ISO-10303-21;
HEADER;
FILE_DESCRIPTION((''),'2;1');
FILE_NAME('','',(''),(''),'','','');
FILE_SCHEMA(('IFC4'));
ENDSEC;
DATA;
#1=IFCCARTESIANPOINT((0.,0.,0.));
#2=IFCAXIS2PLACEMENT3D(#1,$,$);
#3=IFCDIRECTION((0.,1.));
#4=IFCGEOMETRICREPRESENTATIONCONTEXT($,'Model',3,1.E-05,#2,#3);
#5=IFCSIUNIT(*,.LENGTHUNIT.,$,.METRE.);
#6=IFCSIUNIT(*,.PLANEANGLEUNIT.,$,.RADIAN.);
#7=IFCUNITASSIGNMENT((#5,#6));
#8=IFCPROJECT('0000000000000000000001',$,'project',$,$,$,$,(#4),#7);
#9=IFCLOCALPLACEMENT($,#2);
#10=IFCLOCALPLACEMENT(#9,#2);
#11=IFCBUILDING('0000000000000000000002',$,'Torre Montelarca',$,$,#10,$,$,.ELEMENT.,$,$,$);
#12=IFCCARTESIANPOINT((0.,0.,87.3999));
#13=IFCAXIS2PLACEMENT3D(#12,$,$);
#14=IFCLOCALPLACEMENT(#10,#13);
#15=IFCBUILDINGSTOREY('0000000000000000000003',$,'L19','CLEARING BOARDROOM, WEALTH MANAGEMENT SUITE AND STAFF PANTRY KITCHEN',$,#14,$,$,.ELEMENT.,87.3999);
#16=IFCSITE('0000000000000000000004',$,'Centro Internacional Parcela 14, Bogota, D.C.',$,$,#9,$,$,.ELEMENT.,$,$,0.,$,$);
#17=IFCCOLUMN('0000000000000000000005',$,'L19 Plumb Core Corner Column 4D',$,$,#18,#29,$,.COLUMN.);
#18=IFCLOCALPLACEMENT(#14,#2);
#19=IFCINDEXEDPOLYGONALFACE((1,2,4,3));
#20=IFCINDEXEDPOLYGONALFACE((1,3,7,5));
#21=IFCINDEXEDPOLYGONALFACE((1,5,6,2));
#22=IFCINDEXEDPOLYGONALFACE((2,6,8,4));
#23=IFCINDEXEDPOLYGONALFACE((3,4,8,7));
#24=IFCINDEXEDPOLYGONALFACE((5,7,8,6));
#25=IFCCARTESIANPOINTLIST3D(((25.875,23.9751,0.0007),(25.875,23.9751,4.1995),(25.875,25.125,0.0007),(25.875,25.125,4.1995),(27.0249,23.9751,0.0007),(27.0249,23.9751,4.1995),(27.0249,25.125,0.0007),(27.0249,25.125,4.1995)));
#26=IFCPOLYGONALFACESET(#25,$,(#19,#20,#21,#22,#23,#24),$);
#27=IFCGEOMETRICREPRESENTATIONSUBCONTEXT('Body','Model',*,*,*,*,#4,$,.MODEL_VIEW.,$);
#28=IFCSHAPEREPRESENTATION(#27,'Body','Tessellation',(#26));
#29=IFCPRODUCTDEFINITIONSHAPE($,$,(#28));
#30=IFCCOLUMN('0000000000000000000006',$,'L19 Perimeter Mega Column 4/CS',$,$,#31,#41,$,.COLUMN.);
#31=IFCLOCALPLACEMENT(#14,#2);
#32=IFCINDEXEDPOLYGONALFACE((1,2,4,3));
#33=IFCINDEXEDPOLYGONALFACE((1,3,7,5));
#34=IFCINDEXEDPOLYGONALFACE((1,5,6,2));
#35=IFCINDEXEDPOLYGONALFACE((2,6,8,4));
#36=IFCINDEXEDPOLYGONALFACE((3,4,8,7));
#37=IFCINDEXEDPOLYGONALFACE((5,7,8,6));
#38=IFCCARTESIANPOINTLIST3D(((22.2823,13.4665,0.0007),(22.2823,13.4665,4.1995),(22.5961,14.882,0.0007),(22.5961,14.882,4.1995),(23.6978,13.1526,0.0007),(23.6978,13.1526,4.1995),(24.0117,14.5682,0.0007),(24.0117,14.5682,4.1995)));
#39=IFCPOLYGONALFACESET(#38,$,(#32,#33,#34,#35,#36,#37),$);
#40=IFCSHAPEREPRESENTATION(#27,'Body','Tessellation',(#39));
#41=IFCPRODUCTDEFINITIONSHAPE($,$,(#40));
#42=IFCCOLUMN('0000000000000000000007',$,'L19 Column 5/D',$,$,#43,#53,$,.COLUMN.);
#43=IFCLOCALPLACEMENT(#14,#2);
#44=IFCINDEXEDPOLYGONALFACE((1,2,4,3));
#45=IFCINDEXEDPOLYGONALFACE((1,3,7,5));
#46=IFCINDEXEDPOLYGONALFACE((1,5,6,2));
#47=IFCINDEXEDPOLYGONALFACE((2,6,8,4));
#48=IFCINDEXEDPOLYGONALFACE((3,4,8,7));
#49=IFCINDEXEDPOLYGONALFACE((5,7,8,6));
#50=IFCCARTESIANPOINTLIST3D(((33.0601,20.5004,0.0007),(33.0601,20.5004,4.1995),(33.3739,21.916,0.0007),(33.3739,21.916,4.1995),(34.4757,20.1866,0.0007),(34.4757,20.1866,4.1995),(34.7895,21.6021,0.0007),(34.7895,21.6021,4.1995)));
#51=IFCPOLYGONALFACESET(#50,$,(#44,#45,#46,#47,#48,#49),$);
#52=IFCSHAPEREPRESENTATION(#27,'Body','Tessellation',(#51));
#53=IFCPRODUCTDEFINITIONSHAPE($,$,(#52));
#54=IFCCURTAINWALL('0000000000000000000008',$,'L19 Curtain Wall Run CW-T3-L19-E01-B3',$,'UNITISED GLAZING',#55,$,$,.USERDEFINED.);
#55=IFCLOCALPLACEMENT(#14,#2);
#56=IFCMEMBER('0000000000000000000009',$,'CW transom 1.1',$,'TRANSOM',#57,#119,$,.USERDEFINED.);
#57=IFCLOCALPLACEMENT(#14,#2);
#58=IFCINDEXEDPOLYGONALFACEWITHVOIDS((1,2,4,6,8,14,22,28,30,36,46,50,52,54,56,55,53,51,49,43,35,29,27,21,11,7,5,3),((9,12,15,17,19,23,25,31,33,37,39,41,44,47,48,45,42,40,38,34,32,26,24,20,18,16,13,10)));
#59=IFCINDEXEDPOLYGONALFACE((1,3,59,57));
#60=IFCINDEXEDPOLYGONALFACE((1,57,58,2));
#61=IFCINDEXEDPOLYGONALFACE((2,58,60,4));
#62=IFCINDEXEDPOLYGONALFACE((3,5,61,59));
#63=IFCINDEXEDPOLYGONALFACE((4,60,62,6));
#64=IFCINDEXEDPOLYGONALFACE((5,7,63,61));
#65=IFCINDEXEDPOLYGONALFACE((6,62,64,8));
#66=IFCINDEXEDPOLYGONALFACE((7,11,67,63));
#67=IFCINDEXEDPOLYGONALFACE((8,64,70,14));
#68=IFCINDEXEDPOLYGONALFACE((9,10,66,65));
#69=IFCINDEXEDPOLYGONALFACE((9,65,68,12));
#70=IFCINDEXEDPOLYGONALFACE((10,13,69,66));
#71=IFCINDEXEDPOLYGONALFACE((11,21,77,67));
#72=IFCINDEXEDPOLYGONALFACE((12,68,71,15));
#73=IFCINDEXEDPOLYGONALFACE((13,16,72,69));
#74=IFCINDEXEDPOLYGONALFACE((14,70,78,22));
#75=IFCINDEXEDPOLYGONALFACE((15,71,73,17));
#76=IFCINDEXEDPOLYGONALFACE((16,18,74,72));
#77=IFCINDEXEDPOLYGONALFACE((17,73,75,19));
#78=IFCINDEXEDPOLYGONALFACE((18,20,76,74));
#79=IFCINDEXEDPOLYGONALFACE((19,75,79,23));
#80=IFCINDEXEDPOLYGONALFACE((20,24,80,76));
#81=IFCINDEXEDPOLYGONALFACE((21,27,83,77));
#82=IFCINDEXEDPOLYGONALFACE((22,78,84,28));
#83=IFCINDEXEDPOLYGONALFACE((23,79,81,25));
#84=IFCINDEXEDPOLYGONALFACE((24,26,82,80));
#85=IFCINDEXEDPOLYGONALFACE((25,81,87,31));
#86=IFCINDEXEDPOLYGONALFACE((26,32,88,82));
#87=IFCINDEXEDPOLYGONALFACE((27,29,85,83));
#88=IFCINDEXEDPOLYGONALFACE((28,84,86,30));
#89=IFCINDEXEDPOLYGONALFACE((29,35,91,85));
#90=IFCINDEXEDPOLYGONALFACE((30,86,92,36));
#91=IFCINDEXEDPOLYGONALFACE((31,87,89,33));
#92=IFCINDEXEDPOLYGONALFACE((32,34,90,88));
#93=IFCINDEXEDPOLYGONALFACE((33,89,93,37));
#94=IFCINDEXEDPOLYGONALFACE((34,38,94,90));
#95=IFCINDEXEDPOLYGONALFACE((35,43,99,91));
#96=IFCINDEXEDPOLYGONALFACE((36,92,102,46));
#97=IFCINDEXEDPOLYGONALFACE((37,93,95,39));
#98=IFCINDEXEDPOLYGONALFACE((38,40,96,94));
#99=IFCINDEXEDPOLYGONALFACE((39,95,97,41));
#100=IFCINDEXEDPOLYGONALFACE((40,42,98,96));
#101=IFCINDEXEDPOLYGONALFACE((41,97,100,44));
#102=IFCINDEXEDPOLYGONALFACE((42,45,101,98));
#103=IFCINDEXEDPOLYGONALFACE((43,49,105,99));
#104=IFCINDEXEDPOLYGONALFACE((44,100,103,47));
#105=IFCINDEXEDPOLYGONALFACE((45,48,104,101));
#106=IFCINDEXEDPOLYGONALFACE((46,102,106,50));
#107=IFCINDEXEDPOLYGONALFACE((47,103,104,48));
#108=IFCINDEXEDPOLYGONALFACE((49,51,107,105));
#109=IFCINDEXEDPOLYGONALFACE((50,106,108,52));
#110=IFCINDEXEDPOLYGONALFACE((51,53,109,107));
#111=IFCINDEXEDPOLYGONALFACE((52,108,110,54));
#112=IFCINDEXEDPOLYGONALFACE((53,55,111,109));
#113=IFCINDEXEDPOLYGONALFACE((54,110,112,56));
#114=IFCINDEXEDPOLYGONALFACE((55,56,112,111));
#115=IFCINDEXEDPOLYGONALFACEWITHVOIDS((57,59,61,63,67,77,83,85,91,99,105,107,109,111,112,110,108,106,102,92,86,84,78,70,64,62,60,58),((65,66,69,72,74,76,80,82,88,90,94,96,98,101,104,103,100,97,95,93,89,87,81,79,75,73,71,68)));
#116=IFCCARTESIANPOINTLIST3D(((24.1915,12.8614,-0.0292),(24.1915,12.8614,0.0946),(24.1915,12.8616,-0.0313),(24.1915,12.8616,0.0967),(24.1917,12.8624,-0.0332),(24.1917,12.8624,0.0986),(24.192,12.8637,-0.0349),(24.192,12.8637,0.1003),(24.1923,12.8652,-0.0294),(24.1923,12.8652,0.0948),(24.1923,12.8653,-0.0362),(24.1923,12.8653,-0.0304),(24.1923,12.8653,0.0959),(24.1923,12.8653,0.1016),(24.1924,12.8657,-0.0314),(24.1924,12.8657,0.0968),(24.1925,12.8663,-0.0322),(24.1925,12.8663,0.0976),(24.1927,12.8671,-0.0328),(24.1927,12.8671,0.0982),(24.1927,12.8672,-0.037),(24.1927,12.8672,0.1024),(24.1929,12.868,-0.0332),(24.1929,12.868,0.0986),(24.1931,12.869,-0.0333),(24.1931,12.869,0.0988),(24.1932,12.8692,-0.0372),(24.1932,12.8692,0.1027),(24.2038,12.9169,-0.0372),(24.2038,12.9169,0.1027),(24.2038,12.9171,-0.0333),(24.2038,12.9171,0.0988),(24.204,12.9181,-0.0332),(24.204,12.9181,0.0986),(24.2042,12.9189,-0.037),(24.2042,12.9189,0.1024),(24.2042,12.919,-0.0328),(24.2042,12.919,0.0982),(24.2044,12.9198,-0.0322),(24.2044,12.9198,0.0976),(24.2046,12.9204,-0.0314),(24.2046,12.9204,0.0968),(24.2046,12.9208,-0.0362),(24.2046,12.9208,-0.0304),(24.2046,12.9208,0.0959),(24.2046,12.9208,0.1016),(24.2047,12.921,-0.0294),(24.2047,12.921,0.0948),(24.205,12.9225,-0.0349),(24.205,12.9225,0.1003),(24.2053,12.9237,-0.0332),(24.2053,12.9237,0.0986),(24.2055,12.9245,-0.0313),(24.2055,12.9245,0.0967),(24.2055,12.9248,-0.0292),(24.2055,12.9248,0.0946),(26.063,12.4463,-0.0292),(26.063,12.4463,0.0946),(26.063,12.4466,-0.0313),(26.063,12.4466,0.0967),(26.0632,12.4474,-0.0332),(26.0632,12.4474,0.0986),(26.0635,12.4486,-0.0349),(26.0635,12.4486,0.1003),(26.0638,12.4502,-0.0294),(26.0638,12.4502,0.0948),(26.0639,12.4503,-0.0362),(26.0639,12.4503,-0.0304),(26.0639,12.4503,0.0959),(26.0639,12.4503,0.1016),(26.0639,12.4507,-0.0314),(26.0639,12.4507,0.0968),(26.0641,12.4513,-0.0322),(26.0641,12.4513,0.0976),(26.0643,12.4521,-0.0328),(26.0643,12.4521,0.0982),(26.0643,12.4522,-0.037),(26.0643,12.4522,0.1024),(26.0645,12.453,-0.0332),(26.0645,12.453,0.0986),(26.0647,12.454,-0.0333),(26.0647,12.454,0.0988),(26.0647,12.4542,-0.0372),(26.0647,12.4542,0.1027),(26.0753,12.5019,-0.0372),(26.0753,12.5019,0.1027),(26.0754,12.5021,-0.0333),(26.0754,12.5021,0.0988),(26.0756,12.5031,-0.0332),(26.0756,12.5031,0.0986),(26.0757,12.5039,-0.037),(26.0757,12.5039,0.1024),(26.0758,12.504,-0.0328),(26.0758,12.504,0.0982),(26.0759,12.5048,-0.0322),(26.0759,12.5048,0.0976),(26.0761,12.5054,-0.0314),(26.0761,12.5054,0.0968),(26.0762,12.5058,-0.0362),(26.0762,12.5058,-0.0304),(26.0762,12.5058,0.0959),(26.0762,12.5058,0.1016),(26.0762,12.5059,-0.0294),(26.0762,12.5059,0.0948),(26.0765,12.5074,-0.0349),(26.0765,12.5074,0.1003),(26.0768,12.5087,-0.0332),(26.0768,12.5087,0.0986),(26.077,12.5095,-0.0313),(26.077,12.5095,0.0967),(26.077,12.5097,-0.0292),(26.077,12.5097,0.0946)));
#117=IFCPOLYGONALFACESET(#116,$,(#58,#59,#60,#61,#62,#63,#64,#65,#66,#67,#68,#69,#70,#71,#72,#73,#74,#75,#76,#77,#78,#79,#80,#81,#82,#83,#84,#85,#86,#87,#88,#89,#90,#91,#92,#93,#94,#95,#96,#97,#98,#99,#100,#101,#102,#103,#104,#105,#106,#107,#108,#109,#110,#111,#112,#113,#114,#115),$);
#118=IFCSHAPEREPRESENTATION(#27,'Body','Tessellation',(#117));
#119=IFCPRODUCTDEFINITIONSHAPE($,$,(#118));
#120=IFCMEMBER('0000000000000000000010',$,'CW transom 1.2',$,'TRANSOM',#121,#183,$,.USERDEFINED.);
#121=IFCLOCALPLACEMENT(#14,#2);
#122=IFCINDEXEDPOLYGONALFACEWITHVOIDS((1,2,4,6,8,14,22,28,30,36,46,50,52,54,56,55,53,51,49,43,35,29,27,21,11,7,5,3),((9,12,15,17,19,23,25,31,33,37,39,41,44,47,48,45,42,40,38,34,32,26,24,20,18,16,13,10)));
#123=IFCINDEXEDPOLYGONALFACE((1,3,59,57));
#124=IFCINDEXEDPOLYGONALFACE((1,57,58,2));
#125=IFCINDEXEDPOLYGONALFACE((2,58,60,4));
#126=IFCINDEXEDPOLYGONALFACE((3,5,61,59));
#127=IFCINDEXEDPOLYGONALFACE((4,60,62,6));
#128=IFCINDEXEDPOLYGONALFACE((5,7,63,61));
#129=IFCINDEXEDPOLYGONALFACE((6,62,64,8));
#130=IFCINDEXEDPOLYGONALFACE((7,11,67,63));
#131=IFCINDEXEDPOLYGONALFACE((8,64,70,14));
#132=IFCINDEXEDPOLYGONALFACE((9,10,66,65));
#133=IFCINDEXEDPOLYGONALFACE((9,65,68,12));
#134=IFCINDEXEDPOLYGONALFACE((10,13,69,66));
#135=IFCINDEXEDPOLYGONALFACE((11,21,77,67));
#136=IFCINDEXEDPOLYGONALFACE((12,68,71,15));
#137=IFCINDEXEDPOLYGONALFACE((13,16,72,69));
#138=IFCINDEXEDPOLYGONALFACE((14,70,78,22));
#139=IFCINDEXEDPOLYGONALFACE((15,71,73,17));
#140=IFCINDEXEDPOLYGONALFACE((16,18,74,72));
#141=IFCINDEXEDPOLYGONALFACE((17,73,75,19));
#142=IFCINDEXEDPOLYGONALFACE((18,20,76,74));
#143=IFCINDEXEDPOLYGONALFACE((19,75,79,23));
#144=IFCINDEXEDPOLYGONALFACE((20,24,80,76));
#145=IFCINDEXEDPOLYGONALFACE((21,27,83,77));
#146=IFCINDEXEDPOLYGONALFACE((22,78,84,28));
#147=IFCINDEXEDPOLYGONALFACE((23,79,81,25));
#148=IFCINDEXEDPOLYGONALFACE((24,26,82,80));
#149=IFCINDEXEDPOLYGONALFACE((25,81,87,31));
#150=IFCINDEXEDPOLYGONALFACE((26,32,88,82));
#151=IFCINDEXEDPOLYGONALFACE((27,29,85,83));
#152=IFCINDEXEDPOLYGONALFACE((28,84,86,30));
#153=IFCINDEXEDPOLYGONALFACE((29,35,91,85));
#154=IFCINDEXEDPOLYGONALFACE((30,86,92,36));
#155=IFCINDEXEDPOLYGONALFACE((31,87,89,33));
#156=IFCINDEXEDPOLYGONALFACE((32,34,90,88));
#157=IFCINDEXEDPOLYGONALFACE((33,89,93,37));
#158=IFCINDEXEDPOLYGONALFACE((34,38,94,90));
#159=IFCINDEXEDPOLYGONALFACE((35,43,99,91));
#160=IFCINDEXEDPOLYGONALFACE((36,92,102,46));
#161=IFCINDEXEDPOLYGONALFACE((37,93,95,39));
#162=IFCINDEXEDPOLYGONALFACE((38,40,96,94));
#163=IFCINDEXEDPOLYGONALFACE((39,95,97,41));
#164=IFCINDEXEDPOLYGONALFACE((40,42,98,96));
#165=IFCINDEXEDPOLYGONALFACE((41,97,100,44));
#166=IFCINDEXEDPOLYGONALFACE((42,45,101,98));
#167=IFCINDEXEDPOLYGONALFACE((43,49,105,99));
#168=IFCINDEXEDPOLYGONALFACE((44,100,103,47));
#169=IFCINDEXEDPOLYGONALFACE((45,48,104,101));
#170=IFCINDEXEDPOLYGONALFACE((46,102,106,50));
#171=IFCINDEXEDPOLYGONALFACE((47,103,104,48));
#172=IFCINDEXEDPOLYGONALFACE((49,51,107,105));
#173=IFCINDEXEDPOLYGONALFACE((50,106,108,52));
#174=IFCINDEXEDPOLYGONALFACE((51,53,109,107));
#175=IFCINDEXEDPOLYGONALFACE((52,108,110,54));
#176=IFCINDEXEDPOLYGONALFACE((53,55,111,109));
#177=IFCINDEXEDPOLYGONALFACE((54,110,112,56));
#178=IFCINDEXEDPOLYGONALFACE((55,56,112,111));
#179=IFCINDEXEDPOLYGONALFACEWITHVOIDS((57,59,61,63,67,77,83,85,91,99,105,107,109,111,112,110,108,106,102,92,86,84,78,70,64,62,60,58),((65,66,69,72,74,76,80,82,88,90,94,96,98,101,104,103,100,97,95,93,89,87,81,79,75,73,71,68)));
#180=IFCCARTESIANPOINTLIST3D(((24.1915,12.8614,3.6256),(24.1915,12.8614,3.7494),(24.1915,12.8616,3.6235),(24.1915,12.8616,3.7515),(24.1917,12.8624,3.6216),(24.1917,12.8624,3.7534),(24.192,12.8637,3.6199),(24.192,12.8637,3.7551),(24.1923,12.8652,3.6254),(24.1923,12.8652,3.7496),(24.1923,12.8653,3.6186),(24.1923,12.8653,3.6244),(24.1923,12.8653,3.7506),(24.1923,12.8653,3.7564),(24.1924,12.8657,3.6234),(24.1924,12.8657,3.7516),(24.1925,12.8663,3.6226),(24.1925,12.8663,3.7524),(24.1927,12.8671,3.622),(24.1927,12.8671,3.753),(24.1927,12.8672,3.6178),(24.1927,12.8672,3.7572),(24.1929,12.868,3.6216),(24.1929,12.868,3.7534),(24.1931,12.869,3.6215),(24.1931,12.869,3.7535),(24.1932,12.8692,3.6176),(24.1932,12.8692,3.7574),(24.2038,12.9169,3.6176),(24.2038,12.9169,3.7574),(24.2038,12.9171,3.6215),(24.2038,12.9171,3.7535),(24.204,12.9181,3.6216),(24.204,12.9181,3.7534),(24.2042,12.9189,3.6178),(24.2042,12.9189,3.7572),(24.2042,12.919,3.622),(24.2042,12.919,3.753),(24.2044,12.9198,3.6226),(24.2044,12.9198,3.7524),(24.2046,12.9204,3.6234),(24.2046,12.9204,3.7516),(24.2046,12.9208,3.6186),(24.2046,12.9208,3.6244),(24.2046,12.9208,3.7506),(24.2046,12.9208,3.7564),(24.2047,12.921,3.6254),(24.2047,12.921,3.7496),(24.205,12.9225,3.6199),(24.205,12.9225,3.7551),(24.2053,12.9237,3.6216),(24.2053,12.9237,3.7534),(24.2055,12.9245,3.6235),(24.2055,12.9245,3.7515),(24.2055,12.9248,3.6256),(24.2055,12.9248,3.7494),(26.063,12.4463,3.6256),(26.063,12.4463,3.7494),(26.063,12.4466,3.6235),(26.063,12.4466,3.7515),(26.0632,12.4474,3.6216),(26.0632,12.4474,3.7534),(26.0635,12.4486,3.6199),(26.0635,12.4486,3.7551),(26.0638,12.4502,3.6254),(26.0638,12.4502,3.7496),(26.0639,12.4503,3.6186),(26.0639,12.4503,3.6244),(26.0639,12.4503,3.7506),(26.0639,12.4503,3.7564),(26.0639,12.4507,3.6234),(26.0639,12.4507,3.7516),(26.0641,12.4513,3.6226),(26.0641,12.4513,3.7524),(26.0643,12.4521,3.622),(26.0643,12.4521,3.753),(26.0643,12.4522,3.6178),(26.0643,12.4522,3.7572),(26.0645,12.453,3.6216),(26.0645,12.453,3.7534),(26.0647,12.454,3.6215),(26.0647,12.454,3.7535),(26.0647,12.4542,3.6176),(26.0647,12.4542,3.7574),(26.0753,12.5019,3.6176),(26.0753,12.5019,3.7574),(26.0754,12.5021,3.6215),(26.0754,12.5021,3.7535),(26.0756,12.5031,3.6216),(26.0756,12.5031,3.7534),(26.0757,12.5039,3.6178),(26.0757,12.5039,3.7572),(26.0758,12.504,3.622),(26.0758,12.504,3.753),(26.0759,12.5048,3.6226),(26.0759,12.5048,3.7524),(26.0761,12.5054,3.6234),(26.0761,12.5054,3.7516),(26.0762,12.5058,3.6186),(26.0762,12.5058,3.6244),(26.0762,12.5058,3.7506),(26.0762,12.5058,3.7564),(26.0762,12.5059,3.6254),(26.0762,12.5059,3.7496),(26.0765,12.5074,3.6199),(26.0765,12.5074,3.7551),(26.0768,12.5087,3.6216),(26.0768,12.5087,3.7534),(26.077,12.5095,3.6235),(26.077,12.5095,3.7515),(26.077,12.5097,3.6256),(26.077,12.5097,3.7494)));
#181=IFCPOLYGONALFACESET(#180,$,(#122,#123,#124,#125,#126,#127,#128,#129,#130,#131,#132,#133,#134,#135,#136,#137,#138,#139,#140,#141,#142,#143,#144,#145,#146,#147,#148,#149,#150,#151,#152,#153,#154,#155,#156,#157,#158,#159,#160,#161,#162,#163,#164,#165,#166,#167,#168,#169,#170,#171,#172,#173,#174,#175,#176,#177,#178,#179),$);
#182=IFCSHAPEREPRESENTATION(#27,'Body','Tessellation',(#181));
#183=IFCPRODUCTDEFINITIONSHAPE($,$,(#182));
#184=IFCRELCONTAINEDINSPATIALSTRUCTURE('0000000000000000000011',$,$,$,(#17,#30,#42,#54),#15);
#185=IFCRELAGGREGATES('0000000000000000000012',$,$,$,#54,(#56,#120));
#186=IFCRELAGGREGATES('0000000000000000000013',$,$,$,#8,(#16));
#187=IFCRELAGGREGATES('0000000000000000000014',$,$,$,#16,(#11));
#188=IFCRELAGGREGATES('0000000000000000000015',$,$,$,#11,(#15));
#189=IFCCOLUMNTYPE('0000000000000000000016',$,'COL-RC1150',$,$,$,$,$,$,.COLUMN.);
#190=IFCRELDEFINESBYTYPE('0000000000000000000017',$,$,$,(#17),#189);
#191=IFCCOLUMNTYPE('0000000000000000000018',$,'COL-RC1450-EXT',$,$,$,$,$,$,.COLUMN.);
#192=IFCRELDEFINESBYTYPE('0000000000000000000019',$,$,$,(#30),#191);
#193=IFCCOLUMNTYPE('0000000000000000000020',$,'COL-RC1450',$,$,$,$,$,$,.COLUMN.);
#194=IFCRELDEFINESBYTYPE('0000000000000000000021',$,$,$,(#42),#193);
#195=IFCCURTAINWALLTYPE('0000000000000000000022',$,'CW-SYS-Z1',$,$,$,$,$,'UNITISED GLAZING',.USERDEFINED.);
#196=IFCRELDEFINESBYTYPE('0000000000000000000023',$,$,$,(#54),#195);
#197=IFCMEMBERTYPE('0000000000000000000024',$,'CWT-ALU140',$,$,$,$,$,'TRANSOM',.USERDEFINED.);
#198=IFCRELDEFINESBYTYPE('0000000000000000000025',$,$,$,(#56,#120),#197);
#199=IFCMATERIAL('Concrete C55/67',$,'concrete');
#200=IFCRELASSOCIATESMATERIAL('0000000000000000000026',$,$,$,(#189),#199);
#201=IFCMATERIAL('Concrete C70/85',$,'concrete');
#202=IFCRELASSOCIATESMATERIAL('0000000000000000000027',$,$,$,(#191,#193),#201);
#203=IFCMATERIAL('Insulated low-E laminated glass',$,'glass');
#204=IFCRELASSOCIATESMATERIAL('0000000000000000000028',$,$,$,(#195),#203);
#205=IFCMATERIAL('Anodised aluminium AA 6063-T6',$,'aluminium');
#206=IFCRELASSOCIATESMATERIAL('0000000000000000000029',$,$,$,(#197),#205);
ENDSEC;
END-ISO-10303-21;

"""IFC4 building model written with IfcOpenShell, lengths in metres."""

from ifc_helpers import new_model, si_unit, direction, frame, origin, origin_2d, place, context, subcontext, project, spatial, rectangle, hollow_rectangle, extrude, source, transform, mapped, material, material_profile, profile_set, type_object, element, aggregate, save


model = new_model("IFC4")

# Units and contexts
model_context = context("Model", 3, precision=1e-05, world=origin(), true_north=direction((0.0, 1.0)))
body_context = subcontext(model_context, "Body", "Model", "MODEL_VIEW")
ifc_project = project(units=[si_unit("LENGTHUNIT", "METRE"), si_unit("PLANEANGLEUNIT", "RADIAN")], contexts=[model_context])

# Site, building, storey
site_placement = place(None, origin())
site = spatial("IfcSite", under=ifc_project, at=site_placement, Name="Centro Internacional Parcela 14, Bogota, D.C.", CompositionType="ELEMENT", RefElevation=0.0)
building_placement = place(site_placement, origin())
building = spatial("IfcBuilding", under=site, at=building_placement, Name="Torre Montelarca", CompositionType="ELEMENT")
storey_placement = place(building_placement, frame((0.0, 0.0, 87.3999)))
storey = spatial("IfcBuildingStorey", under=building, at=storey_placement, Name="L19", Description="CLEARING BOARDROOM, WEALTH MANAGEMENT SUITE AND STAFF PANTRY KITCHEN", CompositionType="ELEMENT", Elevation=87.3999)

# Columns
ifc_material_1 = material(Name="Concrete C55/67", Category="concrete")
ifc_material_profile_1 = material_profile(ifc_material_1, rectangle(XDim=1.1499, YDim=1.1499, at=origin_2d()), Name="RC1150X1150", Category="concrete")
ifc_profile_set_1 = profile_set([ifc_material_profile_1], Name="Concrete C55/67")
column_type_1 = type_object("IfcColumnType", Name="COL-RC1150", PredefinedType="COLUMN", material=ifc_profile_set_1)
shared_shape_1 = source(origin(), body_context, "Body", "SweptSolid", [
    extrude(rectangle(XDim=1.1499, YDim=1.1499, at=origin_2d()), origin(), (0.0, 0.0, 1.0), 4.1987),
])
column_1_placement = place(storey_placement, frame((26.45, 24.55, 0.0007), z_axis=(0.0, 0.0, 1.0), x_axis=(1.0, 0.0, 0.0)))
element("IfcColumn", 1, at=column_1_placement, inside=storey, type_object=column_type_1, Name="L19 Plumb Core Corner Column 4D", PredefinedType="COLUMN", context=body_context, shape_type="MappedRepresentation", body=[
    mapped(shared_shape_1, transform((0.0, 0.0, 0.0), scale=1.0)),
])
ifc_material_2 = material(Name="Concrete C70/85", Category="concrete")
ifc_material_profile_2 = material_profile(ifc_material_2, rectangle(XDim=1.45, YDim=1.45, at=origin_2d()), Name="RC1450X1450", Category="concrete")
ifc_profile_set_2 = profile_set([ifc_material_profile_2], Name="Concrete C70/85")
column_type_2 = type_object("IfcColumnType", Name="COL-RC1450-EXT", PredefinedType="COLUMN", material=ifc_profile_set_2)
shared_shape_2 = source(origin(), body_context, "Body", "SweptSolid", [
    extrude(rectangle(XDim=1.45, YDim=1.45, at=origin_2d()), origin(), (0.0, 0.0, 1.0), 4.1987),
])
column_2_placement = place(storey_placement, frame((23.147, 14.0173, 0.0007), z_axis=(0.0, 0.0, 1.0), x_axis=(-0.976296, 0.21644, 0.0)))
element("IfcColumn", 2, at=column_2_placement, inside=storey, type_object=column_type_2, Name="L19 Perimeter Mega Column 4/CS", PredefinedType="COLUMN", context=body_context, shape_type="MappedRepresentation", body=[
    mapped(shared_shape_2, transform((0.0, 0.0, 0.0), scale=1.0)),
])
ifc_material_profile_3 = material_profile(ifc_material_2, rectangle(XDim=1.45, YDim=1.45, at=origin_2d()), Name="RC1450X1450", Category="concrete")
ifc_profile_set_3 = profile_set([ifc_material_profile_3], Name="Concrete C70/85")
column_type_3 = type_object("IfcColumnType", Name="COL-RC1450", PredefinedType="COLUMN", material=ifc_profile_set_3)
shared_shape_3 = source(origin(), body_context, "Body", "SweptSolid", [
    extrude(rectangle(XDim=1.45, YDim=1.45, at=origin_2d()), origin(), (0.0, 0.0, 1.0), 4.1987),
])
column_3_placement = place(storey_placement, frame((33.9248, 21.0513, 0.0007), z_axis=(0.0, 0.0, 1.0), x_axis=(-0.976296, 0.21644, 0.0)))
element("IfcColumn", 3, at=column_3_placement, inside=storey, type_object=column_type_3, Name="L19 Column 5/D", PredefinedType="COLUMN", context=body_context, shape_type="MappedRepresentation", body=[
    mapped(shared_shape_3, transform((0.0, 0.0, 0.0), scale=1.0)),
])

# Curtain wall, members
ifc_material_3 = material(Name="Insulated low-E laminated glass", Category="glass")
curtain_wall_type = type_object("IfcCurtainWallType", Name="CW-SYS-Z1", ElementType="UNITISED GLAZING", PredefinedType="USERDEFINED", material=ifc_material_3)
curtain_wall_1_placement = place(storey_placement, origin())
curtain_wall_1 = element("IfcCurtainWall", 4, at=curtain_wall_1_placement, inside=storey, type_object=curtain_wall_type, Name="L19 Curtain Wall Run CW-T3-L19-E01-B3", ObjectType="UNITISED GLAZING", PredefinedType="USERDEFINED")
ifc_material_4 = material(Name="Anodised aluminium AA 6063-T6", Category="aluminium")
ifc_material_profile_4 = material_profile(ifc_material_4, hollow_rectangle(XDim=0.0649, YDim=0.1399, WallThickness=0.0039, InnerFilletRadius=0.0039, OuterFilletRadius=0.0081, at=origin_2d()), Name="ALU65X140X4", Category="aluminium")
ifc_profile_set_4 = profile_set([ifc_material_profile_4], Name="Anodised aluminium AA 6063-T6")
member_type_1 = type_object("IfcMemberType", Name="CWT-ALU140", ElementType="TRANSOM", PredefinedType="USERDEFINED", material=ifc_profile_set_4)
shared_shape_4 = source(origin(), body_context, "Body", "SweptSolid", [
    extrude(hollow_rectangle(XDim=0.0649, YDim=0.1399, WallThickness=0.0039, InnerFilletRadius=0.0039, OuterFilletRadius=0.0081, at=origin_2d()), origin(), (0.0, 0.0, 1.0), 1.917),
])
member_1_placement = place(storey_placement, frame((24.1985, 12.8931, 0.0327), z_axis=(0.976283, -0.216499, 0.0), x_axis=(0.216499, 0.976283, 0.0)))
member_1 = element("IfcMember", 5, at=member_1_placement, type_object=member_type_1, Name="CW transom 1.1", ObjectType="TRANSOM", PredefinedType="USERDEFINED", context=body_context, shape_type="MappedRepresentation", body=[
    mapped(shared_shape_4, transform((0.0, 0.0, 0.0), scale=1.0)),
])
member_2_placement = place(storey_placement, frame((24.1985, 12.8931, 3.6875), z_axis=(0.976283, -0.216499, 0.0), x_axis=(0.216499, 0.976283, 0.0)))
member_2 = element("IfcMember", 6, at=member_2_placement, type_object=member_type_1, Name="CW transom 1.2", ObjectType="TRANSOM", PredefinedType="USERDEFINED", context=body_context, shape_type="MappedRepresentation", body=[
    mapped(shared_shape_4, transform((0.0, 0.0, 0.0), scale=1.0)),
])

aggregate(curtain_wall_1, [member_1, member_2])

save(model, "model.ifc")
